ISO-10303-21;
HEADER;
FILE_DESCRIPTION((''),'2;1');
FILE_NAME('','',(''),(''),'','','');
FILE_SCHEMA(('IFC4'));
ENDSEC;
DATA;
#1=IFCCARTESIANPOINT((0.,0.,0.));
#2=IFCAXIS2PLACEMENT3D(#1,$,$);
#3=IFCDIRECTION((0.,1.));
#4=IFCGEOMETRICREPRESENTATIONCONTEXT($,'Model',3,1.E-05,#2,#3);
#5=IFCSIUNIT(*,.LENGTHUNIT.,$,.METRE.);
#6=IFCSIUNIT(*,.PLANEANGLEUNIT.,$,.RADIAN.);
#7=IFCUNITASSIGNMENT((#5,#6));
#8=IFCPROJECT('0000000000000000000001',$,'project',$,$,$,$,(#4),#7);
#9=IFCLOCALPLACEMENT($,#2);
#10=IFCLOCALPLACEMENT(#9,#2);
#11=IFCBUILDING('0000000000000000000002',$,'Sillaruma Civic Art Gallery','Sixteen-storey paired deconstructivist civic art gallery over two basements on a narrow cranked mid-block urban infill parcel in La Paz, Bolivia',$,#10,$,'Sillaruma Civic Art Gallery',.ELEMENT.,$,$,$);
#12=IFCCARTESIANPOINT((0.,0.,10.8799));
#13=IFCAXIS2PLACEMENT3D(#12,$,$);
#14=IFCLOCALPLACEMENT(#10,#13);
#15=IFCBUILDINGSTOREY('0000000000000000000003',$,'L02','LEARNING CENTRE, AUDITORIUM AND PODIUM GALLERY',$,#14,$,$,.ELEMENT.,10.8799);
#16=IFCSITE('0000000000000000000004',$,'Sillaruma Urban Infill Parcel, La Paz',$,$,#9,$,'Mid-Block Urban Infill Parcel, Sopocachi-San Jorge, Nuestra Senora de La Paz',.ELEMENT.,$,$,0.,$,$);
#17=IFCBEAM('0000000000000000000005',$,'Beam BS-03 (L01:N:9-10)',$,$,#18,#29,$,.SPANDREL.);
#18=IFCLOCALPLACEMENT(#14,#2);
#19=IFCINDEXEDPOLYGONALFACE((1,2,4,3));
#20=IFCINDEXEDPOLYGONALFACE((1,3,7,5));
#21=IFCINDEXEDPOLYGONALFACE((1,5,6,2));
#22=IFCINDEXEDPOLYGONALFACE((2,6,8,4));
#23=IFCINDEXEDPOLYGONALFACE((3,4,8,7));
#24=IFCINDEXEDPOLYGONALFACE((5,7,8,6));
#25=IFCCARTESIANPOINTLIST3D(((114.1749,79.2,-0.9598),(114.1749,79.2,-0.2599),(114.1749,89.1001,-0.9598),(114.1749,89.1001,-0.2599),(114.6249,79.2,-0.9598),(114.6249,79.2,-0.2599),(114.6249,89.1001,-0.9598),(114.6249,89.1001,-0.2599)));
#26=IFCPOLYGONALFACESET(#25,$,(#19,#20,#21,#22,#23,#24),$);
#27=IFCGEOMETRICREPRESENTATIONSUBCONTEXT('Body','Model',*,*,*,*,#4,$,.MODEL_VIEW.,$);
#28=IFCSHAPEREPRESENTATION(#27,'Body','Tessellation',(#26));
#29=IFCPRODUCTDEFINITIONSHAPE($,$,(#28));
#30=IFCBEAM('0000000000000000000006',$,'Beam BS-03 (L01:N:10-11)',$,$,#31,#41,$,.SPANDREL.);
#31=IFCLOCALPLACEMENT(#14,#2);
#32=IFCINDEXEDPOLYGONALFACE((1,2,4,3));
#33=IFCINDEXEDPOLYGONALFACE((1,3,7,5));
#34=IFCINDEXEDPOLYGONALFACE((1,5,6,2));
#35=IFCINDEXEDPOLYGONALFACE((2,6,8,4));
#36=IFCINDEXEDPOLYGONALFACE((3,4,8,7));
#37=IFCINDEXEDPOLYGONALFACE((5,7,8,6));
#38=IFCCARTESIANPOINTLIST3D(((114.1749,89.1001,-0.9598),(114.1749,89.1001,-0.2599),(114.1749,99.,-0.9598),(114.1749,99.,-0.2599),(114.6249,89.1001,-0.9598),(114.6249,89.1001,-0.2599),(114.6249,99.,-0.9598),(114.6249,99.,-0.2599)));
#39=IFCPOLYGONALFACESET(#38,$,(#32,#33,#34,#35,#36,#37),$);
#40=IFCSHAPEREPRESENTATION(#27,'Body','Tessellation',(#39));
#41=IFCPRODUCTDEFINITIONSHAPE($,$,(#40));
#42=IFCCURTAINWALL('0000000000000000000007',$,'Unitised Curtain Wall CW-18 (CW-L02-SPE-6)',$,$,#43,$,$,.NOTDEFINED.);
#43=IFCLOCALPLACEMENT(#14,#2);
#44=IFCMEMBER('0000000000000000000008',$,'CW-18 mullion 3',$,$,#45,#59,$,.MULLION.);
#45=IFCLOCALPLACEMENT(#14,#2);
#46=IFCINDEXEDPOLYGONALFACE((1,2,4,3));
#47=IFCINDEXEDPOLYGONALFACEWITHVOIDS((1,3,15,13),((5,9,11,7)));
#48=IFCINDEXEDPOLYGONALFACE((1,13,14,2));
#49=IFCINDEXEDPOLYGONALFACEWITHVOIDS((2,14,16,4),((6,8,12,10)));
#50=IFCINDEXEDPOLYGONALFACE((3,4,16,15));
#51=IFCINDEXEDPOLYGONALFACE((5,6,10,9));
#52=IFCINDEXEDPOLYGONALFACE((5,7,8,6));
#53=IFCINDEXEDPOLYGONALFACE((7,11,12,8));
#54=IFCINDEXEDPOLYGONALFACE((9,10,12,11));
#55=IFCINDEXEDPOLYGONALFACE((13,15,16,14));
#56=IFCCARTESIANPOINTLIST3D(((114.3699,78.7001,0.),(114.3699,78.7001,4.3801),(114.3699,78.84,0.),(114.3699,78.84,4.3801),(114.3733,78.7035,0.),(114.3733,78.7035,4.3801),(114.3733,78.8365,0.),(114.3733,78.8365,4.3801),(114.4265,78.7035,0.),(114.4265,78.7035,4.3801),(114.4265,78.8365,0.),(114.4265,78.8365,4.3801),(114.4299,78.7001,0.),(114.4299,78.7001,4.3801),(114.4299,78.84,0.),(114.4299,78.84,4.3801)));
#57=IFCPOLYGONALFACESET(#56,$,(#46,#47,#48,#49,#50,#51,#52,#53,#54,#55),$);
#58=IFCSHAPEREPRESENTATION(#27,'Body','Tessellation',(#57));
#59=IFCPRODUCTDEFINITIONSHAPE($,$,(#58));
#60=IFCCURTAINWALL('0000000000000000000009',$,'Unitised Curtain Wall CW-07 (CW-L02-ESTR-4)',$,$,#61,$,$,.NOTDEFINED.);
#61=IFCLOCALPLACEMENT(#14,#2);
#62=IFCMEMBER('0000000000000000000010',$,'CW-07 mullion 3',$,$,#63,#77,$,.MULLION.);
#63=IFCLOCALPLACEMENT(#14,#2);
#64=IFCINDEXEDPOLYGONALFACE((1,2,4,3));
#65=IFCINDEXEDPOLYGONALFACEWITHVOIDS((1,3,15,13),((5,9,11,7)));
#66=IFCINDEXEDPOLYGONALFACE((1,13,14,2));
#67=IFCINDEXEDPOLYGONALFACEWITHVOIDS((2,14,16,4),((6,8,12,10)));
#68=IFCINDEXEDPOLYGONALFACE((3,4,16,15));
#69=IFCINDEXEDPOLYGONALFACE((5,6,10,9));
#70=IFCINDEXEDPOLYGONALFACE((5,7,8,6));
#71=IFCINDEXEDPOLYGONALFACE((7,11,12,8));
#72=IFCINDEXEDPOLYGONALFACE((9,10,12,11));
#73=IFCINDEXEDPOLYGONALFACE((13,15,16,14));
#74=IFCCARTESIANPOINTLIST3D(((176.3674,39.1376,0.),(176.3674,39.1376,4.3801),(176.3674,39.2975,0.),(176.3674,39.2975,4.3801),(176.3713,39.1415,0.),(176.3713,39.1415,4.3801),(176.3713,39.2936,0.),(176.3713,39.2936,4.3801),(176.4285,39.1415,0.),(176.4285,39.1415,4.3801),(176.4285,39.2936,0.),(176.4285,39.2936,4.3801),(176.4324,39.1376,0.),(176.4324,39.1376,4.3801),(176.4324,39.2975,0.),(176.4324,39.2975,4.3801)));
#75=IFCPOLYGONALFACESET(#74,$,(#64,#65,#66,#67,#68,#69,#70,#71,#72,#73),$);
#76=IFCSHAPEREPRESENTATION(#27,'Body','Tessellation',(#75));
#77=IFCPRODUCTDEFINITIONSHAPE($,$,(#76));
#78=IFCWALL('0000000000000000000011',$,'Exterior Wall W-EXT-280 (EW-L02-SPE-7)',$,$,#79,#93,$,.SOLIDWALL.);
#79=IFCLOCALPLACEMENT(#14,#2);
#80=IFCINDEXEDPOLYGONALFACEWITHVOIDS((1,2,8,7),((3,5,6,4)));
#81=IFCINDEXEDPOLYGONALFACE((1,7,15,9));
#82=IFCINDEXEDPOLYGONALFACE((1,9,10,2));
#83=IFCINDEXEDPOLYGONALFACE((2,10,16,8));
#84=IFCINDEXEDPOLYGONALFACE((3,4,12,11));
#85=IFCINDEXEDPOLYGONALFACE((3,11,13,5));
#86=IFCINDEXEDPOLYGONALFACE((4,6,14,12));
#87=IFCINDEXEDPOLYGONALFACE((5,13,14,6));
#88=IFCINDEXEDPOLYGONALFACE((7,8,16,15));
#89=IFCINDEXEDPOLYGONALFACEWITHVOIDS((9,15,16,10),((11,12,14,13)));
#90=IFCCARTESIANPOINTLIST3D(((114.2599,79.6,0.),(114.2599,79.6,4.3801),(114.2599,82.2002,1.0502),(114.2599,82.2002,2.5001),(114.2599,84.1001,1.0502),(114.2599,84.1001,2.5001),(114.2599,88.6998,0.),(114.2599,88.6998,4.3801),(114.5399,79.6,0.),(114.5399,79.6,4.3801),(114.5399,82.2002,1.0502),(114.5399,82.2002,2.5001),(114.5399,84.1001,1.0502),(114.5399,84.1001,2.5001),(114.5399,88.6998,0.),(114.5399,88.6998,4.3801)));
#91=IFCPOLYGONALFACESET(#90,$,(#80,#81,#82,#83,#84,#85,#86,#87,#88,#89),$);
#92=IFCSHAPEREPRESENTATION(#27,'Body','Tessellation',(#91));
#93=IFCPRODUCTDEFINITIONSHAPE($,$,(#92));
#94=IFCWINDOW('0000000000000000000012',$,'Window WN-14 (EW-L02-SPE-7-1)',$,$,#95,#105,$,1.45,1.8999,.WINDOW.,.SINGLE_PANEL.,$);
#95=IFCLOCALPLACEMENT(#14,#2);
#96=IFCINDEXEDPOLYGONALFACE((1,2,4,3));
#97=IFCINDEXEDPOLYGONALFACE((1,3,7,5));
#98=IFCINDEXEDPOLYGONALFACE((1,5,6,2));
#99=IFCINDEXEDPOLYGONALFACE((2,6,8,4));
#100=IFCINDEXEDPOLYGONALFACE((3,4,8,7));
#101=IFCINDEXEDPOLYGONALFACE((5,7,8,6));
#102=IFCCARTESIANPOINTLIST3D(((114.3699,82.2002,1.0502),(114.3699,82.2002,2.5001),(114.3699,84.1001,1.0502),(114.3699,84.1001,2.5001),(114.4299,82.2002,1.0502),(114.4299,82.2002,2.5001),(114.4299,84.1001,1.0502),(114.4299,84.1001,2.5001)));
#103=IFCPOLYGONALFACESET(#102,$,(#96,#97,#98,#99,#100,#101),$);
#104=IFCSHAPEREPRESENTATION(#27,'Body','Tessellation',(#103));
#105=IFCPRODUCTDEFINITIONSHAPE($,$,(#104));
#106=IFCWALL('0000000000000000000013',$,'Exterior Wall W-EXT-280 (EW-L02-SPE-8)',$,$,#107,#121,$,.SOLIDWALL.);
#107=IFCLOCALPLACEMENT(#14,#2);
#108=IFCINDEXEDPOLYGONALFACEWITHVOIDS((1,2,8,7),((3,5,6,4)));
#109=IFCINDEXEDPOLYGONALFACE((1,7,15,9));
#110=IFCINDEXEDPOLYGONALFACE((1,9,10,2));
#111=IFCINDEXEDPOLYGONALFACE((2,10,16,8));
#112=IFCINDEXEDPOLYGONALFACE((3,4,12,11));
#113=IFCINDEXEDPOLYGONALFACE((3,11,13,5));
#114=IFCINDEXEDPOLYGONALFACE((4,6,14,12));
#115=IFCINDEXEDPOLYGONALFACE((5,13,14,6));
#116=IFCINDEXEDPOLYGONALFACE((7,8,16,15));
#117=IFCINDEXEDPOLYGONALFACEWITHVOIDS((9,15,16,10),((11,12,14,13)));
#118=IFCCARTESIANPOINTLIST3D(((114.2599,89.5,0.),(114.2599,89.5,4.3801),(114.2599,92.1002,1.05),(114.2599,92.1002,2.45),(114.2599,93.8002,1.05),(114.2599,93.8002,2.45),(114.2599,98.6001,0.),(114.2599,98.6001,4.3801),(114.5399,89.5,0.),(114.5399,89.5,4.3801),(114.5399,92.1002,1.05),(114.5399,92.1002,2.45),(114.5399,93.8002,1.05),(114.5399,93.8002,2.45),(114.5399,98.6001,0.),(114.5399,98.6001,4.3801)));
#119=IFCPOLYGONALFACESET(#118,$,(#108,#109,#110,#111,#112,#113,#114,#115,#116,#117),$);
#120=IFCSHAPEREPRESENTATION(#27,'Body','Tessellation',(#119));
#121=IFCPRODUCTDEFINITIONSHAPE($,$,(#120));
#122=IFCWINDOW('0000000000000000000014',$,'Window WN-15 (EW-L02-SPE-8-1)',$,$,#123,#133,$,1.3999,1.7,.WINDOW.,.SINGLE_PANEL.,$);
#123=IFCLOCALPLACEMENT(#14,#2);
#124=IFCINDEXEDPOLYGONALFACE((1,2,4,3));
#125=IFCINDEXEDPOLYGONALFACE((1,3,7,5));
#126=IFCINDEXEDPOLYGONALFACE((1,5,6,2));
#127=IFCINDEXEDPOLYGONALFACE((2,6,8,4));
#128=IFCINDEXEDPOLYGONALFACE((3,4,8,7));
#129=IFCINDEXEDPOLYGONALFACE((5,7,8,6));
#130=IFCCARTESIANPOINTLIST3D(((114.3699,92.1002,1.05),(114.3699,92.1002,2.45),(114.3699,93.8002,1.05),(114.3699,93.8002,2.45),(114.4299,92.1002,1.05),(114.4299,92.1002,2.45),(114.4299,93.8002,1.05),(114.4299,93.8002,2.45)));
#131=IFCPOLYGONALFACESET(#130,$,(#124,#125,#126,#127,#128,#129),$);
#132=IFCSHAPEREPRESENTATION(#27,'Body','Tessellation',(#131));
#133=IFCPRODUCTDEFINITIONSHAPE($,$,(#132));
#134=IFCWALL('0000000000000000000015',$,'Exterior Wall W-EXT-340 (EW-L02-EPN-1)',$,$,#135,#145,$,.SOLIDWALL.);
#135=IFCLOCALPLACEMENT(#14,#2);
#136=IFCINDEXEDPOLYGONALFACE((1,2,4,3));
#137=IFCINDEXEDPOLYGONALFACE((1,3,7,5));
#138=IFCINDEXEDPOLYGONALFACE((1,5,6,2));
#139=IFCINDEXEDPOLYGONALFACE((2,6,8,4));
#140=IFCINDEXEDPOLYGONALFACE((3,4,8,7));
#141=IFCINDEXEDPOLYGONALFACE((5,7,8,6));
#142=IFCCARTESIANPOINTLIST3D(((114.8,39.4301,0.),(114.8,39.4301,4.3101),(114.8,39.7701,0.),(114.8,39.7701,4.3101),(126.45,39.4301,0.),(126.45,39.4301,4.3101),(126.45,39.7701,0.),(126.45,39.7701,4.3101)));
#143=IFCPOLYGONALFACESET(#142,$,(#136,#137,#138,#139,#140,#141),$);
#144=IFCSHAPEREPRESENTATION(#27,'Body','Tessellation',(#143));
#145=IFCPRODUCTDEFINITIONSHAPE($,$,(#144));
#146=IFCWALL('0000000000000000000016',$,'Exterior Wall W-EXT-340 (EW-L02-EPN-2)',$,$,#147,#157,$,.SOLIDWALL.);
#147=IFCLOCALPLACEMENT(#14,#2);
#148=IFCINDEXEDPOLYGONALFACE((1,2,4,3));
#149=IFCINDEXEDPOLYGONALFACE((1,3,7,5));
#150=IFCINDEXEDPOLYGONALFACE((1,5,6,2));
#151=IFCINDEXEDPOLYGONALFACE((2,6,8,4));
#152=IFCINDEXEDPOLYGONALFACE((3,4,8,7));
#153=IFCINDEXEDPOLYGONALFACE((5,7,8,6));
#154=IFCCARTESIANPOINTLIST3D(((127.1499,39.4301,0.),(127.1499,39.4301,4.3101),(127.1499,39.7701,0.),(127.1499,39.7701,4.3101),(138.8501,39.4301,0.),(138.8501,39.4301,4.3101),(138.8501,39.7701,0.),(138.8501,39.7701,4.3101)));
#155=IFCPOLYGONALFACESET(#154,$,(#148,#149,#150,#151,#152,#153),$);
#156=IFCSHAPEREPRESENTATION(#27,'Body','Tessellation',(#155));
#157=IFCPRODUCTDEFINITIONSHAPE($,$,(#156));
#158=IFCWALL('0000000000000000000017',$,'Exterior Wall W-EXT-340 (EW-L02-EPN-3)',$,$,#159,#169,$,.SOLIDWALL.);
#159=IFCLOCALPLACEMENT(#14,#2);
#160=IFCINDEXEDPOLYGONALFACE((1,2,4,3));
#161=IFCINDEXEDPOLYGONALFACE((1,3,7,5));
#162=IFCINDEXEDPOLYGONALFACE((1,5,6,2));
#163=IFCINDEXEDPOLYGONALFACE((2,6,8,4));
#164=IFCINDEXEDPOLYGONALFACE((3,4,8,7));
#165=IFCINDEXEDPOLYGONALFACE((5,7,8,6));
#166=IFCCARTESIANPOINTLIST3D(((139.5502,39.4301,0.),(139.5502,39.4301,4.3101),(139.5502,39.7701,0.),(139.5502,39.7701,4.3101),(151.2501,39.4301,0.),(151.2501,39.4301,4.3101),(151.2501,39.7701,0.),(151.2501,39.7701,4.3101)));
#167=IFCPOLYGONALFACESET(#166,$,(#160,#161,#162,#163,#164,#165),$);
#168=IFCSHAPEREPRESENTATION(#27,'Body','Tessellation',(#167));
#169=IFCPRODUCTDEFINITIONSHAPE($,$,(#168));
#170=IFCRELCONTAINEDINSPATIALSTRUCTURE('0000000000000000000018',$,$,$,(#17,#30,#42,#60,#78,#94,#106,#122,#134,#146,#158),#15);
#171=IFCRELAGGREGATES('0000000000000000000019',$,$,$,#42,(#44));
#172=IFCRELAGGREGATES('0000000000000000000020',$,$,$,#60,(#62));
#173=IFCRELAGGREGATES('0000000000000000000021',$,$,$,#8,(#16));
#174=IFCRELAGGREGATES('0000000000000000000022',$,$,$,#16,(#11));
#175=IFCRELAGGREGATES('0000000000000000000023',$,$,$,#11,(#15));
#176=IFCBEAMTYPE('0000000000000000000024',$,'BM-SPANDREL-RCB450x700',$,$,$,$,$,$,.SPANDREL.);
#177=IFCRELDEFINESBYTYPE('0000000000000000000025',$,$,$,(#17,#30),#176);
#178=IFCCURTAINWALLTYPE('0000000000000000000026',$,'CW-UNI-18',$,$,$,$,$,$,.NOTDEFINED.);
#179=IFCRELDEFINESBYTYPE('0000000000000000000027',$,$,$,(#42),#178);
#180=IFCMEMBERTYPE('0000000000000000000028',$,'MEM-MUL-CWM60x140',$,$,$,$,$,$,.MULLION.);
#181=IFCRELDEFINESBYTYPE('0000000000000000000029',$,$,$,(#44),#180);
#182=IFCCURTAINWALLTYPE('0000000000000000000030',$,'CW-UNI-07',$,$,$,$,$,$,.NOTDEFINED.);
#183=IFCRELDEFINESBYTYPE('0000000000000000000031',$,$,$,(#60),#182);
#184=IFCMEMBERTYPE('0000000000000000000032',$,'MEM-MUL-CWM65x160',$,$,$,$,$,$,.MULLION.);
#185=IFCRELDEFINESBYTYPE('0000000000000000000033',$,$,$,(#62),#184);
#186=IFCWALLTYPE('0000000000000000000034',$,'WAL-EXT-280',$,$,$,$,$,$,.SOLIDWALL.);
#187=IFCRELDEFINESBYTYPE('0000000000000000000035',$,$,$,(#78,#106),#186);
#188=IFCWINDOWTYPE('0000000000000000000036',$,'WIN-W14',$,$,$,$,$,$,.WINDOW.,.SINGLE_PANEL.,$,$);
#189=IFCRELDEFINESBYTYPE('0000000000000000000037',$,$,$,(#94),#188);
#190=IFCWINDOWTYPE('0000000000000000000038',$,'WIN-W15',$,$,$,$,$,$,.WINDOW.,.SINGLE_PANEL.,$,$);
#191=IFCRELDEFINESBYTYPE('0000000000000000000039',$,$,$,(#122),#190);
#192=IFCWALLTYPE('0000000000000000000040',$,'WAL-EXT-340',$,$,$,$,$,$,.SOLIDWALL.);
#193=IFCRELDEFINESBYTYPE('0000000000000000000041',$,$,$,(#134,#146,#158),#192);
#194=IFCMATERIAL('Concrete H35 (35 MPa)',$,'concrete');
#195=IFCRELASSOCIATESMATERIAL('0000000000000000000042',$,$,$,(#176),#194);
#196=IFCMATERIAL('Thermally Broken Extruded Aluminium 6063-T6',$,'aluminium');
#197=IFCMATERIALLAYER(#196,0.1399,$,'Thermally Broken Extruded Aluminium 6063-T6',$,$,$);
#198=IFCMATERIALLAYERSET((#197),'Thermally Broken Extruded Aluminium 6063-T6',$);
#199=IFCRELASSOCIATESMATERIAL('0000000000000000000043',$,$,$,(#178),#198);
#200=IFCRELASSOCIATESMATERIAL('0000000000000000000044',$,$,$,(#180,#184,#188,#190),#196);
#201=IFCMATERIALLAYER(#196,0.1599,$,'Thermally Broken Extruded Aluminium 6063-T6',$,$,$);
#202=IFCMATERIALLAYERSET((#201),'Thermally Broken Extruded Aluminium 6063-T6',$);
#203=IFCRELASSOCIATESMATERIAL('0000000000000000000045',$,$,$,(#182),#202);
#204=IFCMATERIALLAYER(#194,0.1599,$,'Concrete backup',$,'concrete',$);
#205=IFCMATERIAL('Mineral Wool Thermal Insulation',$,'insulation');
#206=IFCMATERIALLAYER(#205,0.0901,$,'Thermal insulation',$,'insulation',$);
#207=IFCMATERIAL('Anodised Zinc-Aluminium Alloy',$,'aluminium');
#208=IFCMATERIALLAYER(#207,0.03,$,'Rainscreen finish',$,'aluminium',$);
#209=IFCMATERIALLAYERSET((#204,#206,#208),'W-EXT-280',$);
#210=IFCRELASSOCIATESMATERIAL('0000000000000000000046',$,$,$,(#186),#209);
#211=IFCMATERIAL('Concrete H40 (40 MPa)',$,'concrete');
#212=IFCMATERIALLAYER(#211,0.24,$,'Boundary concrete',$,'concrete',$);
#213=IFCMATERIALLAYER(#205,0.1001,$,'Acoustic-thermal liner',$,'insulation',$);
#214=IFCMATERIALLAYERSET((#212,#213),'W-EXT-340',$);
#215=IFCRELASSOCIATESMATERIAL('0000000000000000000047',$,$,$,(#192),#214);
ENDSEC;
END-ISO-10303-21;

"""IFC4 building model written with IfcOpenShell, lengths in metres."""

from ifc_helpers import new_model, si_unit, direction, frame, frame_2d, origin, origin_2d, place, context, subcontext, project, spatial, rectangle, hollow_rectangle, extrude, material, layer, layer_set, material_profile, profile_set, type_object, element, fill, aggregate, save


model = new_model("IFC4")

# Units and contexts
model_context = context("Model", 3, precision=1e-05, world=origin(), true_north=direction((0.0, 1.0)))
body_context = subcontext(model_context, "Body", "Model", "MODEL_VIEW")
ifc_project = project(units=[si_unit("LENGTHUNIT", "METRE"), si_unit("PLANEANGLEUNIT", "RADIAN")], contexts=[model_context])

# Site, building, storey
site_placement = place(None, origin())
site = spatial("IfcSite", under=ifc_project, at=site_placement, Name="Sillaruma Urban Infill Parcel, La Paz", LongName="Mid-Block Urban Infill Parcel, Sopocachi-San Jorge, Nuestra Senora de La Paz", CompositionType="ELEMENT", RefElevation=0.0)
building_placement = place(site_placement, origin())
building = spatial("IfcBuilding", under=site, at=building_placement, Name="Sillaruma Civic Art Gallery", Description="Sixteen-storey paired deconstructivist civic art gallery over two basements on a narrow cranked mid-block urban infill parcel in La Paz, Bolivia", LongName="Sillaruma Civic Art Gallery", CompositionType="ELEMENT")
storey_placement = place(building_placement, frame((0.0, 0.0, 10.8799)))
storey = spatial("IfcBuildingStorey", under=building, at=storey_placement, Name="L02", Description="LEARNING CENTRE, AUDITORIUM AND PODIUM GALLERY", CompositionType="ELEMENT", Elevation=10.8799)

# Shared definitions
ifc_material_1 = material(Name="Concrete H40 (40 MPa)", Category="concrete")

# Beams
ifc_material_2 = material(Name="Concrete H35 (35 MPa)", Category="concrete")
ifc_material_profile_1 = material_profile(ifc_material_2, rectangle(XDim=0.45, YDim=0.7, at=origin_2d()), Name="RCB450x700")
ifc_profile_set_1 = profile_set([ifc_material_profile_1], Name="Concrete H35 (35 MPa)")
beam_type_1 = type_object("IfcBeamType", Name="BM-SPANDREL-RCB450x700", PredefinedType="SPANDREL", material=ifc_profile_set_1)
beam_1_placement = place(storey_placement, frame((114.3999, 79.2, -0.6099), z_axis=(0.0, 1.0, 0.0), x_axis=(-1.0, 0.0, 0.0)))
element("IfcBeam", 1, at=beam_1_placement, inside=storey, type_object=beam_type_1, Name="Beam BS-03 (L01:N:9-10)", PredefinedType="SPANDREL", context=body_context, shape_type="SweptSolid", body=[
    extrude(rectangle(XDim=0.45, YDim=0.7, at=origin_2d()), origin(), (0.0, 0.0, 1.0), 9.9001),
])
beam_2_placement = place(storey_placement, frame((114.3999, 89.1001, -0.6099), z_axis=(0.0, 1.0, 0.0), x_axis=(-1.0, 0.0, 0.0)))
element("IfcBeam", 2, at=beam_2_placement, inside=storey, type_object=beam_type_1, Name="Beam BS-03 (L01:N:10-11)", PredefinedType="SPANDREL", context=body_context, shape_type="SweptSolid", body=[
    extrude(rectangle(XDim=0.45, YDim=0.7, at=origin_2d()), origin(), (0.0, 0.0, 1.0), 9.8999),
])

# Curtain walls, members
ifc_material_3 = material(Name="Thermally Broken Extruded Aluminium 6063-T6", Category="aluminium")
ifc_layer_1 = layer(ifc_material_3, 0.1399, Name="Thermally Broken Extruded Aluminium 6063-T6")
ifc_layer_set_1 = layer_set([ifc_layer_1], Name="Thermally Broken Extruded Aluminium 6063-T6")
curtain_wall_type_1 = type_object("IfcCurtainWallType", Name="CW-UNI-18", PredefinedType="NOTDEFINED", material=ifc_layer_set_1)
curtain_wall_1_placement = place(storey_placement, origin())
curtain_wall_1 = element("IfcCurtainWall", 3, at=curtain_wall_1_placement, inside=storey, type_object=curtain_wall_type_1, Name="Unitised Curtain Wall CW-18 (CW-L02-SPE-6)", PredefinedType="NOTDEFINED")
ifc_material_profile_2 = material_profile(ifc_material_3, hollow_rectangle(XDim=0.0601, YDim=0.1399, WallThickness=0.0034, at=origin_2d()), Name="CWM60x140")
ifc_profile_set_2 = profile_set([ifc_material_profile_2], Name="Thermally Broken Extruded Aluminium 6063-T6")
member_type_1 = type_object("IfcMemberType", Name="MEM-MUL-CWM60x140", PredefinedType="MULLION", material=ifc_profile_set_2)
member_1_placement = place(storey_placement, frame((114.3999, 78.77, 0.0), z_axis=(0.0, 0.0, 1.0), x_axis=(-1.0, 0.0, 0.0)))
member_1 = element("IfcMember", 4, at=member_1_placement, type_object=member_type_1, Name="CW-18 mullion 3", PredefinedType="MULLION", context=body_context, shape_type="SweptSolid", body=[
    extrude(hollow_rectangle(XDim=0.0601, YDim=0.1399, WallThickness=0.0034, at=origin_2d()), origin(), (0.0, 0.0, 1.0), 4.3801),
])
aggregate(curtain_wall_1, [member_1])
ifc_layer_2 = layer(ifc_material_3, 0.1599, Name="Thermally Broken Extruded Aluminium 6063-T6")
ifc_layer_set_2 = layer_set([ifc_layer_2], Name="Thermally Broken Extruded Aluminium 6063-T6")
curtain_wall_type_2 = type_object("IfcCurtainWallType", Name="CW-UNI-07", PredefinedType="NOTDEFINED", material=ifc_layer_set_2)
curtain_wall_2_placement = place(storey_placement, origin())
curtain_wall_2 = element("IfcCurtainWall", 5, at=curtain_wall_2_placement, inside=storey, type_object=curtain_wall_type_2, Name="Unitised Curtain Wall CW-07 (CW-L02-ESTR-4)", PredefinedType="NOTDEFINED")
ifc_material_profile_3 = material_profile(ifc_material_3, hollow_rectangle(XDim=0.0649, YDim=0.1599, WallThickness=0.0039, at=origin_2d()), Name="CWM65x160")
ifc_profile_set_3 = profile_set([ifc_material_profile_3], Name="Thermally Broken Extruded Aluminium 6063-T6")
member_type_2 = type_object("IfcMemberType", Name="MEM-MUL-CWM65x160", PredefinedType="MULLION", material=ifc_profile_set_3)
member_2_placement = place(storey_placement, frame((176.3999, 39.2175, 0.0), z_axis=(0.0, 0.0, 1.0), x_axis=(-1.0, 0.0, 0.0)))
member_2 = element("IfcMember", 6, at=member_2_placement, type_object=member_type_2, Name="CW-07 mullion 3", PredefinedType="MULLION", context=body_context, shape_type="SweptSolid", body=[
    extrude(hollow_rectangle(XDim=0.0649, YDim=0.1599, WallThickness=0.0039, at=origin_2d()), origin(), (0.0, 0.0, 1.0), 4.3801),
])
aggregate(curtain_wall_2, [member_2])

# Walls, openings, windows
ifc_layer_3 = layer(ifc_material_2, 0.1599, Name="Concrete backup", Category="concrete")
ifc_material_4 = material(Name="Mineral Wool Thermal Insulation", Category="insulation")
ifc_layer_4 = layer(ifc_material_4, 0.0901, Name="Thermal insulation", Category="insulation")
ifc_material_5 = material(Name="Anodised Zinc-Aluminium Alloy", Category="aluminium")
ifc_layer_5 = layer(ifc_material_5, 0.03, Name="Rainscreen finish", Category="aluminium")
ifc_layer_set_3 = layer_set([ifc_layer_3, ifc_layer_4, ifc_layer_5], Name="W-EXT-280")
wall_type_1 = type_object("IfcWallType", Name="WAL-EXT-280", PredefinedType="SOLIDWALL", material=ifc_layer_set_3)
wall_1_placement = place(storey_placement, frame((114.3999, 79.6001, 0.0), z_axis=(0.0, 0.0, 1.0), x_axis=(0.0, 1.0, 0.0)))
wall_1 = element("IfcWall", 7, at=wall_1_placement, inside=storey, type_object=wall_type_1, Name="Exterior Wall W-EXT-280 (EW-L02-SPE-7)", PredefinedType="SOLIDWALL", context=body_context, shape_type="SweptSolid", body=[
    extrude(rectangle(XDim=9.0999, YDim=0.28, at=frame_2d((4.5498, 0.0))), origin(), (0.0, 0.0, 1.0), 4.3801),
])
opening_1_placement = place(wall_1_placement, frame((2.6001, 0.0, 1.05)))
opening_1 = element("IfcOpeningElement", 8, at=opening_1_placement, cuts=wall_1, PredefinedType="OPENING", context=body_context, shape_type="SweptSolid", body=[
    extrude(rectangle(XDim=1.8999, YDim=1.45, at=frame_2d((0.95, 0.7251))), frame((0.0, 0.1499, 0.0), z_axis=(0.0, -1.0, 0.0), x_axis=(1.0, 0.0, 0.0)), (0.0, 0.0, 1.0), 0.3),
])
window_type_1 = type_object("IfcWindowType", Name="WIN-W14", PartitioningType="SINGLE_PANEL", PredefinedType="WINDOW", material=ifc_material_3)
window_1_placement = place(opening_1_placement, origin())
window_1 = element("IfcWindow", 9, at=window_1_placement, inside=storey, type_object=window_type_1, Name="Window WN-14 (EW-L02-SPE-7-1)", OverallHeight=1.45, OverallWidth=1.8999, PartitioningType="SINGLE_PANEL", PredefinedType="WINDOW", context=body_context, shape_type="SweptSolid", body=[
    extrude(rectangle(XDim=1.8999, YDim=1.45, at=frame_2d((0.95, 0.7251))), frame((0.0, 0.03, 0.0), z_axis=(0.0, -1.0, 0.0), x_axis=(1.0, 0.0, 0.0)), (0.0, 0.0, 1.0), 0.0601),
])
fill(opening_1, window_1)
wall_2_placement = place(storey_placement, frame((114.3999, 89.5, 0.0), z_axis=(0.0, 0.0, 1.0), x_axis=(0.0, 1.0, 0.0)))
wall_2 = element("IfcWall", 10, at=wall_2_placement, inside=storey, type_object=wall_type_1, Name="Exterior Wall W-EXT-280 (EW-L02-SPE-8)", PredefinedType="SOLIDWALL", context=body_context, shape_type="SweptSolid", body=[
    extrude(rectangle(XDim=9.1001, YDim=0.28, at=frame_2d((4.55, 0.0))), origin(), (0.0, 0.0, 1.0), 4.3801),
])
opening_2_placement = place(wall_2_placement, frame((2.6001, 0.0, 1.05)))
opening_2 = element("IfcOpeningElement", 11, at=opening_2_placement, cuts=wall_2, PredefinedType="OPENING", context=body_context, shape_type="SweptSolid", body=[
    extrude(rectangle(XDim=1.7, YDim=1.3999, at=frame_2d((0.8501, 0.7))), frame((0.0, 0.1499, 0.0), z_axis=(0.0, -1.0, 0.0), x_axis=(1.0, 0.0, 0.0)), (0.0, 0.0, 1.0), 0.3),
])
window_type_2 = type_object("IfcWindowType", Name="WIN-W15", PartitioningType="SINGLE_PANEL", PredefinedType="WINDOW", material=ifc_material_3)
window_2_placement = place(opening_2_placement, origin())
window_2 = element("IfcWindow", 12, at=window_2_placement, inside=storey, type_object=window_type_2, Name="Window WN-15 (EW-L02-SPE-8-1)", OverallHeight=1.3999, OverallWidth=1.7, PartitioningType="SINGLE_PANEL", PredefinedType="WINDOW", context=body_context, shape_type="SweptSolid", body=[
    extrude(rectangle(XDim=1.7, YDim=1.3999, at=frame_2d((0.8501, 0.7))), frame((0.0, 0.03, 0.0), z_axis=(0.0, -1.0, 0.0), x_axis=(1.0, 0.0, 0.0)), (0.0, 0.0, 1.0), 0.0601),
])
fill(opening_2, window_2)

# Walls
ifc_layer_6 = layer(ifc_material_1, 0.24, Name="Boundary concrete", Category="concrete")
ifc_layer_7 = layer(ifc_material_4, 0.1001, Name="Acoustic-thermal liner", Category="insulation")
ifc_layer_set_4 = layer_set([ifc_layer_6, ifc_layer_7], Name="W-EXT-340")
wall_type_2 = type_object("IfcWallType", Name="WAL-EXT-340", PredefinedType="SOLIDWALL", material=ifc_layer_set_4)
wall_3_placement = place(storey_placement, frame((114.8, 39.6001, 0.0), z_axis=(0.0, 0.0, 1.0), x_axis=(1.0, 0.0, 0.0)))
element("IfcWall", 13, at=wall_3_placement, inside=storey, type_object=wall_type_2, Name="Exterior Wall W-EXT-340 (EW-L02-EPN-1)", PredefinedType="SOLIDWALL", context=body_context, shape_type="SweptSolid", body=[
    extrude(rectangle(XDim=11.6499, YDim=0.3401, at=frame_2d((5.825, 0.0))), origin(), (0.0, 0.0, 1.0), 4.3101),
])
wall_4_placement = place(storey_placement, frame((127.1499, 39.6001, 0.0), z_axis=(0.0, 0.0, 1.0), x_axis=(1.0, 0.0, 0.0)))
element("IfcWall", 14, at=wall_4_placement, inside=storey, type_object=wall_type_2, Name="Exterior Wall W-EXT-340 (EW-L02-EPN-2)", PredefinedType="SOLIDWALL", context=body_context, shape_type="SweptSolid", body=[
    extrude(rectangle(XDim=11.7002, YDim=0.3401, at=frame_2d((5.8501, 0.0))), origin(), (0.0, 0.0, 1.0), 4.3101),
])
wall_5_placement = place(storey_placement, frame((139.55, 39.6001, 0.0), z_axis=(0.0, 0.0, 1.0), x_axis=(1.0, 0.0, 0.0)))
element("IfcWall", 15, at=wall_5_placement, inside=storey, type_object=wall_type_2, Name="Exterior Wall W-EXT-340 (EW-L02-EPN-3)", PredefinedType="SOLIDWALL", context=body_context, shape_type="SweptSolid", body=[
    extrude(rectangle(XDim=11.7, YDim=0.3401, at=frame_2d((5.8501, 0.0))), origin(), (0.0, 0.0, 1.0), 4.3101),
])

save(model, "model.ifc")
